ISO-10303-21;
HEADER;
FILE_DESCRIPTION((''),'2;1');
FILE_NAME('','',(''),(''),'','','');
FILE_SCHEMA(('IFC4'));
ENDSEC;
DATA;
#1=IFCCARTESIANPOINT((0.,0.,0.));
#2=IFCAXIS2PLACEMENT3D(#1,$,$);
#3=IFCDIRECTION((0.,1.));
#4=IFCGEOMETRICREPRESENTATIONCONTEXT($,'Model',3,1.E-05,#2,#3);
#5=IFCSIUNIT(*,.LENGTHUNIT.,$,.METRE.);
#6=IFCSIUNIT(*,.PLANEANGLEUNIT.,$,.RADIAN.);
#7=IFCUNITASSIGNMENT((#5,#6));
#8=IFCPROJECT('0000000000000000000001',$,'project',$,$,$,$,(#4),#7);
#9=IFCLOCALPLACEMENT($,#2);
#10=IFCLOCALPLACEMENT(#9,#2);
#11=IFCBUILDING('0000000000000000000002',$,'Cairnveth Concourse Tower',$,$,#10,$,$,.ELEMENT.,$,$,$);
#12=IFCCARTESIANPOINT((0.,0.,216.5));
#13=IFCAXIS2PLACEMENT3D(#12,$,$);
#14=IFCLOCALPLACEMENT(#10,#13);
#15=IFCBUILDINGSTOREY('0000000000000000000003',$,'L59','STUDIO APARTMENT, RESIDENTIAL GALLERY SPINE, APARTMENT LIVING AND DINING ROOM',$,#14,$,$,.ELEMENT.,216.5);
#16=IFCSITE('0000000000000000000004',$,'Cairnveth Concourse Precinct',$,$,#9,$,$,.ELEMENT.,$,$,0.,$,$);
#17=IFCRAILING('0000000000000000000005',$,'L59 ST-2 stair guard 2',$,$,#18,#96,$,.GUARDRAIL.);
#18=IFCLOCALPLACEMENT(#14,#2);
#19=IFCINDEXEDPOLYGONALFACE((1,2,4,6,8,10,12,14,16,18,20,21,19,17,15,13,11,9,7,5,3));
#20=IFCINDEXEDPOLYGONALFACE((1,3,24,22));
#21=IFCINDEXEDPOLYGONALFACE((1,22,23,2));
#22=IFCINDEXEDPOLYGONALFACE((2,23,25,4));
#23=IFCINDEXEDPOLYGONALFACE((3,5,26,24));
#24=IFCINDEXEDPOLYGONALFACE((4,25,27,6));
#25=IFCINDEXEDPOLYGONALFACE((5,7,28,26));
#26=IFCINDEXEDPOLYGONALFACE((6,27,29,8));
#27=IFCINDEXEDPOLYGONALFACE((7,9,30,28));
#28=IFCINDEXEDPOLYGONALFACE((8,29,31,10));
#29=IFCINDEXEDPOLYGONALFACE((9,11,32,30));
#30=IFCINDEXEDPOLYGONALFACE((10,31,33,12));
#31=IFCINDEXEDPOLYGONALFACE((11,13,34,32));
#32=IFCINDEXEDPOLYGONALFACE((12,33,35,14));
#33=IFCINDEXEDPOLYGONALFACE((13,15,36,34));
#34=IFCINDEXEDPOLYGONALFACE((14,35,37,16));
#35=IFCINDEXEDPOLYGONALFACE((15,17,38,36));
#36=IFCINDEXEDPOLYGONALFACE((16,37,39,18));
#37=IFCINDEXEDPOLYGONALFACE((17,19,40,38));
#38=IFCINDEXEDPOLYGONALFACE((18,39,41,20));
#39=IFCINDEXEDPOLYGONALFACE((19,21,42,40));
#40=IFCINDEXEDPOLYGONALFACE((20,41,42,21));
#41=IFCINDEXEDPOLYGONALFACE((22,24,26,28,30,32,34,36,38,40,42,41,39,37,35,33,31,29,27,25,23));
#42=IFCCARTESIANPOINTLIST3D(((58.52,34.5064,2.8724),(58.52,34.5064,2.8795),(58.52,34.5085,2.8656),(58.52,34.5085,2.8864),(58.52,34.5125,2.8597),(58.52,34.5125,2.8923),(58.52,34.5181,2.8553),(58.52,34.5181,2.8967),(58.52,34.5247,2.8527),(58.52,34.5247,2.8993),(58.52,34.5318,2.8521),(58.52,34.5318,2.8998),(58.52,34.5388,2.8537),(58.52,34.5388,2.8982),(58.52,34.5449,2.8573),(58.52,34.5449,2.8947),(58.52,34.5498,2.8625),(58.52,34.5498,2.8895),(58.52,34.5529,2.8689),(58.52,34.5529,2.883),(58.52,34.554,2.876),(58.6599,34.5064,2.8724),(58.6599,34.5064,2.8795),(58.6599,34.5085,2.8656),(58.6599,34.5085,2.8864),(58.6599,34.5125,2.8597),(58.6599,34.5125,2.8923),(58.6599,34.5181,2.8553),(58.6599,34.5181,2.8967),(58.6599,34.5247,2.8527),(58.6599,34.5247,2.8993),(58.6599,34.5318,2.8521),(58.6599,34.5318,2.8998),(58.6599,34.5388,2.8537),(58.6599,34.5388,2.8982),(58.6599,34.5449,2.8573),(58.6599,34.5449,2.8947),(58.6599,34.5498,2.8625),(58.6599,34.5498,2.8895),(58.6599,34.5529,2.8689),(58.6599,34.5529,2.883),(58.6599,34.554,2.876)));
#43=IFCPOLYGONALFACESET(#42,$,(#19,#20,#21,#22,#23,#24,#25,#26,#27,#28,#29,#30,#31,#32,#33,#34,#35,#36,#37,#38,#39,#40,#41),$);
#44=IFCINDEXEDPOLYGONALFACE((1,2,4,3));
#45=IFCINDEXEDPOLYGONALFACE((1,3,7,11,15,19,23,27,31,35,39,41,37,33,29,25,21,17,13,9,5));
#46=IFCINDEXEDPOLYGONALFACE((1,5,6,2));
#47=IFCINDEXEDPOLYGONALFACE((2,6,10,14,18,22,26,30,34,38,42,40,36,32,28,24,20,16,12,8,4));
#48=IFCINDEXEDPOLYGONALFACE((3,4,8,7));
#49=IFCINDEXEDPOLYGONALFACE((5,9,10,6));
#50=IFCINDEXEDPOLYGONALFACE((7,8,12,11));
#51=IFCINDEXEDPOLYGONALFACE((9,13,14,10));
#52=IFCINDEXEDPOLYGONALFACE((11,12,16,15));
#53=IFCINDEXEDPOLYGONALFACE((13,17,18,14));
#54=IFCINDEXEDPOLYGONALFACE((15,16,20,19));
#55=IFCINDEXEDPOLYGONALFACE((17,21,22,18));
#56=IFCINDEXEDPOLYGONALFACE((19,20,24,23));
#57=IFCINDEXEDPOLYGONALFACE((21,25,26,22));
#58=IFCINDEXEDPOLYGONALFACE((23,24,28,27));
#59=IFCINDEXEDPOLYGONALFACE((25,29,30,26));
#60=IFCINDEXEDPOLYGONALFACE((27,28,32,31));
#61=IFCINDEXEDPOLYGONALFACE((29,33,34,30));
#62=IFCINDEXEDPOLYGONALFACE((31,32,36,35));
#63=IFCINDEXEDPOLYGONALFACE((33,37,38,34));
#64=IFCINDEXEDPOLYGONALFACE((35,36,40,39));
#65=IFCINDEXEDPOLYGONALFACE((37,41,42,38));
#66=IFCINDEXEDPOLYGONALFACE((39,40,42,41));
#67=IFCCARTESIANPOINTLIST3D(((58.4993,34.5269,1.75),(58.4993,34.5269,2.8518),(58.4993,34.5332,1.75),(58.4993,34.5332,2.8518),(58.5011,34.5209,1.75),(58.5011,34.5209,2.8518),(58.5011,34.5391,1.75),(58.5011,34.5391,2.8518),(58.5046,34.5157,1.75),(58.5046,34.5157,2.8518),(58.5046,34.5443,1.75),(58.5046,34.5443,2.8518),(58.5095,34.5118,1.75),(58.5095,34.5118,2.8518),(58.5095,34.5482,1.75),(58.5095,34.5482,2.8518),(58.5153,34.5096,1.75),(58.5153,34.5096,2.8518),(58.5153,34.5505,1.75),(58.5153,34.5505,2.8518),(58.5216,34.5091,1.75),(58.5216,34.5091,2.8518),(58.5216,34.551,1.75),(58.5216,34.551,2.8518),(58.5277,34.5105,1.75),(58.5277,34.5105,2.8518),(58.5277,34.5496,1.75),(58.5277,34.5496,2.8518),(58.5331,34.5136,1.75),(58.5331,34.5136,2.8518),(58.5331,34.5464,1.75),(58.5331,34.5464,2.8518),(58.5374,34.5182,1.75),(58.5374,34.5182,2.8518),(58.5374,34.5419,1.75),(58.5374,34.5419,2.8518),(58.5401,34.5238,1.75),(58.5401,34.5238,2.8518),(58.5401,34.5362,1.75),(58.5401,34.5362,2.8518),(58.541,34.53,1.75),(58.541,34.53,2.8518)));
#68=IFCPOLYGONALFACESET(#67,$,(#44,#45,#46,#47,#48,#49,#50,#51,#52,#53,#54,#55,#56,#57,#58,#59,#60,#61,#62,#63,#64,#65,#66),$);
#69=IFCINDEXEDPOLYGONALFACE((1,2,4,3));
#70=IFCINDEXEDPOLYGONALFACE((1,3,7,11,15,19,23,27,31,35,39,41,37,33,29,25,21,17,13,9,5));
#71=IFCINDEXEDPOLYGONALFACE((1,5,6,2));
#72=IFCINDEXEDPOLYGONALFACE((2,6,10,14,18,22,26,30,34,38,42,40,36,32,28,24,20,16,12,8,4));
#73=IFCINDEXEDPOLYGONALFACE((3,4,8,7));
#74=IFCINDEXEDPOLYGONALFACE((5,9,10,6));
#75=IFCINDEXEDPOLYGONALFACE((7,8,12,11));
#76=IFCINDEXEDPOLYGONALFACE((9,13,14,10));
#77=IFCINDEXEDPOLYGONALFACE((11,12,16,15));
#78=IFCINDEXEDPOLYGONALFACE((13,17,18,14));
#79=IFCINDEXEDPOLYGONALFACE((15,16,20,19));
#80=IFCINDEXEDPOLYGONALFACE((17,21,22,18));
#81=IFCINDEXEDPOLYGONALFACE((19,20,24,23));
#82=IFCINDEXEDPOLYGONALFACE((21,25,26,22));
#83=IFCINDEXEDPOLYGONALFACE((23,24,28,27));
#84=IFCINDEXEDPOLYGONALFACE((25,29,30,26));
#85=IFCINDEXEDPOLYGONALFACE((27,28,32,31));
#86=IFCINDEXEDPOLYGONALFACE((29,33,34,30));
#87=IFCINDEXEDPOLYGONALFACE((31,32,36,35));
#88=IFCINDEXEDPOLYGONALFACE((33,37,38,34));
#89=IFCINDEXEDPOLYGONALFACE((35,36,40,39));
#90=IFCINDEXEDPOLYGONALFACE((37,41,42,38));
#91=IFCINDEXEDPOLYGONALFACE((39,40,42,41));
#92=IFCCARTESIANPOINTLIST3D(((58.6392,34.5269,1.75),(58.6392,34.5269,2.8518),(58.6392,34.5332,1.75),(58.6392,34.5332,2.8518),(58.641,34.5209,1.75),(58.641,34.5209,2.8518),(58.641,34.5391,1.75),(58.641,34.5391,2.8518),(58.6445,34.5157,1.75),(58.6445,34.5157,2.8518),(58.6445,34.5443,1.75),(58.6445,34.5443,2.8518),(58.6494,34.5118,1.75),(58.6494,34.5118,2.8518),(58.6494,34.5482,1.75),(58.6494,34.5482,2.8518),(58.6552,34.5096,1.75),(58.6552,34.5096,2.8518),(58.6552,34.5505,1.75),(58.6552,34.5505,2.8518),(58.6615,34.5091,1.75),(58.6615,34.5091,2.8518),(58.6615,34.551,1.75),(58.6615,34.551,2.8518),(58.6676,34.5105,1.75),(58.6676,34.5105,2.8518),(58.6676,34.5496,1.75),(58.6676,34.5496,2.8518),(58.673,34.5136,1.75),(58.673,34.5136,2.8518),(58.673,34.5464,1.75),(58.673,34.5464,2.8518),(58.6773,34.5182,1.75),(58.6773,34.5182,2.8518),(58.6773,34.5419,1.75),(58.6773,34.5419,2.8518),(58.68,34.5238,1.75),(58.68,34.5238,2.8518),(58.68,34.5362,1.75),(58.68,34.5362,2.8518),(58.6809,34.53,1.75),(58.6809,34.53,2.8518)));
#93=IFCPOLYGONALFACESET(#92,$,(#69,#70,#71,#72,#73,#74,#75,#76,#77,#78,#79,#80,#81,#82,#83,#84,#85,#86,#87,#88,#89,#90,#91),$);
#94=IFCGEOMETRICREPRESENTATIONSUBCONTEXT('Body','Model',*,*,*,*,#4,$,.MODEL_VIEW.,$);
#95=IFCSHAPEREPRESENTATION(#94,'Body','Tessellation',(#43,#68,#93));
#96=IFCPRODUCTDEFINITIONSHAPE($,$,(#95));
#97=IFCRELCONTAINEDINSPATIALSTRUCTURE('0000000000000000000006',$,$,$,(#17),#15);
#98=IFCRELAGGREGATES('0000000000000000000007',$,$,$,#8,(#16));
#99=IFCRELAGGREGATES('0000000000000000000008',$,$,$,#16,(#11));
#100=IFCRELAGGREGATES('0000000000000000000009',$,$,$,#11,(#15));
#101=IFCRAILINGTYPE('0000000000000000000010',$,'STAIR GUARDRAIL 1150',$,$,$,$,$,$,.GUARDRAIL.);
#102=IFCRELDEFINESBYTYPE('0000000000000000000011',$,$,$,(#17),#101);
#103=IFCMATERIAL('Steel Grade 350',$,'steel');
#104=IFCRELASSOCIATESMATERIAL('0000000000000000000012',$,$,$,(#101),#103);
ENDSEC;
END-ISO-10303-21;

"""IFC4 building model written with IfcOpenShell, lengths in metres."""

from ifc_helpers import new_model, si_unit, direction, frame, origin, origin_2d, place, context, subcontext, project, spatial, circle, extrude, material, type_object, element, save


model = new_model("IFC4")

# Units and contexts
model_context = context("Model", 3, precision=1e-05, world=origin(), true_north=direction((0.0, 1.0)))
body_context = subcontext(model_context, "Body", "Model", "MODEL_VIEW")
ifc_project = project(units=[si_unit("LENGTHUNIT", "METRE"), si_unit("PLANEANGLEUNIT", "RADIAN")], contexts=[model_context])

# Site, building, storey
site_placement = place(None, origin())
site = spatial("IfcSite", under=ifc_project, at=site_placement, Name="Cairnveth Concourse Precinct", CompositionType="ELEMENT", RefElevation=0.0)
building_placement = place(site_placement, origin())
building = spatial("IfcBuilding", under=site, at=building_placement, Name="Cairnveth Concourse Tower", CompositionType="ELEMENT")
storey_placement = place(building_placement, frame((0.0, 0.0, 216.5)))
storey = spatial("IfcBuildingStorey", under=building, at=storey_placement, Name="L59", Description="STUDIO APARTMENT, RESIDENTIAL GALLERY SPINE, APARTMENT LIVING AND DINING ROOM", CompositionType="ELEMENT", Elevation=216.5)

# Shared definitions
ifc_material_1 = material(Name="Steel Grade 350", Category="steel")

# Railing
railing_type_1 = type_object("IfcRailingType", Name="STAIR GUARDRAIL 1150", PredefinedType="GUARDRAIL", material=ifc_material_1)
railing_1_placement = place(storey_placement, frame((58.52, 34.53, 1.75)))
element("IfcRailing", 1, at=railing_1_placement, inside=storey, type_object=railing_type_1, Name="L59 ST-2 stair guard 2", PredefinedType="GUARDRAIL", context=body_context, shape_type="SweptSolid", body=[
    extrude(circle(Radius=0.0239, at=origin_2d()), frame((0.0, 0.0, 1.126), z_axis=(1.0, 0.0, 0.0), x_axis=(0.0, 1.0, 0.0)), (0.0, 0.0, 1.0), 0.1399),
    extrude(circle(Radius=0.021, at=origin_2d()), origin(), (0.0, 0.0, 1.0), 1.1018),
    extrude(circle(Radius=0.021, at=origin_2d()), frame((0.1399, 0.0, 0.0)), (0.0, 0.0, 1.0), 1.1018),
])

save(model, "model.ifc")
